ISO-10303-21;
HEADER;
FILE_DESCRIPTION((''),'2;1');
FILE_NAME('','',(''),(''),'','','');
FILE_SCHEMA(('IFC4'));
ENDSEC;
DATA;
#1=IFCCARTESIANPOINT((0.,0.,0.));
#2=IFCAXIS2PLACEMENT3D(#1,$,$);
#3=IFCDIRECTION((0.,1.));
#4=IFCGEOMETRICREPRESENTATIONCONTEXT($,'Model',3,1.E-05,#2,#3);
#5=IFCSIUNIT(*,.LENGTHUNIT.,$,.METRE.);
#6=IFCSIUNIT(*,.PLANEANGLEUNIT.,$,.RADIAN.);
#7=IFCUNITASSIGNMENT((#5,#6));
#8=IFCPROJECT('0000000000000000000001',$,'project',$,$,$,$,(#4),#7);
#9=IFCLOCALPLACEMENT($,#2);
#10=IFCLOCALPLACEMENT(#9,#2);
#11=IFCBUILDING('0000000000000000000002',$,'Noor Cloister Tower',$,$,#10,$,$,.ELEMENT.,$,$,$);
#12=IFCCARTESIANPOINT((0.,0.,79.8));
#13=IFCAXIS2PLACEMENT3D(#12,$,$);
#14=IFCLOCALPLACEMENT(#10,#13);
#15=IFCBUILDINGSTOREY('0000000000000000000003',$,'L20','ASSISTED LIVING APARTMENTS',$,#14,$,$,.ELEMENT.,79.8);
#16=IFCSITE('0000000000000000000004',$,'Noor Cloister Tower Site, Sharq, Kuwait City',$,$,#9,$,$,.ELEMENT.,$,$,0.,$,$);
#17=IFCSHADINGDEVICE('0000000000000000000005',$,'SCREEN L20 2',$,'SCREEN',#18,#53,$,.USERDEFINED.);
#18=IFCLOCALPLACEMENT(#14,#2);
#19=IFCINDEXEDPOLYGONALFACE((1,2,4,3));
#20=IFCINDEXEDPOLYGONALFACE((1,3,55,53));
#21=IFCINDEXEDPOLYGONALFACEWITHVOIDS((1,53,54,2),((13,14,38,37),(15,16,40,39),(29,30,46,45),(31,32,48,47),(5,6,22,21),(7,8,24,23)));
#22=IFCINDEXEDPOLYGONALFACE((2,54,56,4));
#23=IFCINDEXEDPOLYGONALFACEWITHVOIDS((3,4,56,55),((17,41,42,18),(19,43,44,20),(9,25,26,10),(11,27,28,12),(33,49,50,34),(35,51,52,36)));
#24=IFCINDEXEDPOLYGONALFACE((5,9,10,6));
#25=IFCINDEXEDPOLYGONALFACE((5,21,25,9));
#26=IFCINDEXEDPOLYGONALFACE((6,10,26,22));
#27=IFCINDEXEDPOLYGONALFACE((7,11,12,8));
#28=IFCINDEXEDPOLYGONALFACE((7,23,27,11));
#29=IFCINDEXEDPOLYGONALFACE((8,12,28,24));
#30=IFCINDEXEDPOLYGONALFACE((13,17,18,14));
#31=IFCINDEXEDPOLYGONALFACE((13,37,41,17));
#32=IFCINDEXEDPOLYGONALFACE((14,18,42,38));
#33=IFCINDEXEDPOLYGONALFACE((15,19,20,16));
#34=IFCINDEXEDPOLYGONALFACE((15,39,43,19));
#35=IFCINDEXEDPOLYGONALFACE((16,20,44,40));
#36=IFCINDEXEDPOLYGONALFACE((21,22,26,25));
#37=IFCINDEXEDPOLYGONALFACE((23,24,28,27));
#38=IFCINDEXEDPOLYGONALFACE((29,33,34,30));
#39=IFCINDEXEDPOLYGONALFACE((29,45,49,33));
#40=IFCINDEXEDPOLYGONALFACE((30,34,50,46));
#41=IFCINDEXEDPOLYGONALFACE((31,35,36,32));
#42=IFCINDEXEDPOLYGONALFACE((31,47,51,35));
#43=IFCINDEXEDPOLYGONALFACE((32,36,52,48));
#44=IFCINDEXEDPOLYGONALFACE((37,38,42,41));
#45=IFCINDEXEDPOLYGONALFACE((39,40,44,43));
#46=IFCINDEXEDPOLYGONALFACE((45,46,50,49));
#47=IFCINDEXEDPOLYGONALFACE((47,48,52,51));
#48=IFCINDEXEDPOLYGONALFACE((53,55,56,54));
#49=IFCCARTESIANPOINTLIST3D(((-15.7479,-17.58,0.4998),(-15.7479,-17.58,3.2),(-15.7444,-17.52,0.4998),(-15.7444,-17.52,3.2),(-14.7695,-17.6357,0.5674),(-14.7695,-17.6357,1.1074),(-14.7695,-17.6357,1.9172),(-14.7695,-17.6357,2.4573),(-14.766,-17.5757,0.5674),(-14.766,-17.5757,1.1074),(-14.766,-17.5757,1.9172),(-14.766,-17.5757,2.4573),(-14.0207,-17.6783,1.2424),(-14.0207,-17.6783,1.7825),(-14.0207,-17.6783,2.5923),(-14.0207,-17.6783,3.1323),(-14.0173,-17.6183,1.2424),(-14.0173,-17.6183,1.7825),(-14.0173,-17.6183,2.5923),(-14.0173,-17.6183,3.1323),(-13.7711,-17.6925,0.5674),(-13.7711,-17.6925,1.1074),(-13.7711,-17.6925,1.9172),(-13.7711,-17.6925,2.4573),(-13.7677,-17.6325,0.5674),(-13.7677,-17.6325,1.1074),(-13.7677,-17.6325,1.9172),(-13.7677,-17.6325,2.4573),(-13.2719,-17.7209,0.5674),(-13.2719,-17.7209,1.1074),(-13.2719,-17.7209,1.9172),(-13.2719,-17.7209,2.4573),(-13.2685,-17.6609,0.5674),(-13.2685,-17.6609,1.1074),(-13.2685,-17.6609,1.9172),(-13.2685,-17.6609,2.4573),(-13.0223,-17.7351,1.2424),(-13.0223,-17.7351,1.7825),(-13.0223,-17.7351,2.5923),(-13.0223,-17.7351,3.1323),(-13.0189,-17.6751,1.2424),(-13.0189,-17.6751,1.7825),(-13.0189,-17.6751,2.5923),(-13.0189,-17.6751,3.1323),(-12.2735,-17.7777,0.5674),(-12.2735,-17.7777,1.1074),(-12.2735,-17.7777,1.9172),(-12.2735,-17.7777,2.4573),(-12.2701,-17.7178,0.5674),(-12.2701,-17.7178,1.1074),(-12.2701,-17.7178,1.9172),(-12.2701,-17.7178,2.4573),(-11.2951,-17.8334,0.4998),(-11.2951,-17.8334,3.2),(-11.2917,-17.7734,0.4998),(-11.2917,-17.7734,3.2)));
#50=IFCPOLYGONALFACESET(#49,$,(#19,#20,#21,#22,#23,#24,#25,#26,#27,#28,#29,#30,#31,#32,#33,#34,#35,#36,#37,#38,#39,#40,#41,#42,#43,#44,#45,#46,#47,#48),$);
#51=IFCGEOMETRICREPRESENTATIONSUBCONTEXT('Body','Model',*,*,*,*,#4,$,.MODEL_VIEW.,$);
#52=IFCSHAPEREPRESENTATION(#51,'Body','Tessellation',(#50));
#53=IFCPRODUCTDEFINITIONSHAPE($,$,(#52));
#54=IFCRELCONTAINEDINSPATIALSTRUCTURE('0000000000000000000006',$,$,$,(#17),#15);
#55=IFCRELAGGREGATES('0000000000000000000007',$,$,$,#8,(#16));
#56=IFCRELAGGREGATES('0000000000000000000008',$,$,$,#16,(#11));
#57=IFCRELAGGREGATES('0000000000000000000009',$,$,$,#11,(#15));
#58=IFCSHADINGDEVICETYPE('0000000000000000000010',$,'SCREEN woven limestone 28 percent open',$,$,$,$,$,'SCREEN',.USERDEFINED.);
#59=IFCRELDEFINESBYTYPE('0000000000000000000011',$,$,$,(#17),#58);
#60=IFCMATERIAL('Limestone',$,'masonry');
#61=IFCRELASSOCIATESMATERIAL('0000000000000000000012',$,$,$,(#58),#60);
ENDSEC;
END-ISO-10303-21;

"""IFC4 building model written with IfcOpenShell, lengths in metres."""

from ifc_helpers import new_model, si_unit, direction, frame, origin, place, context, subcontext, project, spatial, polyline, outline, extrude, material, material_profile, profile_set, type_object, element, save


model = new_model("IFC4")

# Units and contexts
model_context = context("Model", 3, precision=1e-05, world=origin(), true_north=direction((0.0, 1.0)))
body_context = subcontext(model_context, "Body", "Model", "MODEL_VIEW")
ifc_project = project(units=[si_unit("LENGTHUNIT", "METRE"), si_unit("PLANEANGLEUNIT", "RADIAN")], contexts=[model_context])

# Site, building, storey
site_placement = place(None, origin())
site = spatial("IfcSite", under=ifc_project, at=site_placement, Name="Noor Cloister Tower Site, Sharq, Kuwait City", CompositionType="ELEMENT", RefElevation=0.0)
building_placement = place(site_placement, origin())
building = spatial("IfcBuilding", under=site, at=building_placement, Name="Noor Cloister Tower", CompositionType="ELEMENT")
storey_placement = place(building_placement, frame((0.0, 0.0, 79.8)))
storey = spatial("IfcBuildingStorey", under=building, at=storey_placement, Name="L20", Description="ASSISTED LIVING APARTMENTS", CompositionType="ELEMENT", Elevation=79.8)

# Shading device
ifc_material_1 = material(Name="Limestone", Category="masonry")
ifc_material_profile_1 = material_profile(ifc_material_1, outline(polyline([(-2.23, -1.3501), (2.23, -1.3501), (2.23, 1.3501), (-2.23, 1.3501), (-2.23, -1.3501)]), holes=[polyline([(-1.25, -1.2825), (-0.25, -1.2825), (-0.25, -0.7424), (-1.25, -0.7424), (-1.25, -1.2825)]), polyline([(0.25, -1.2825), (1.25, -1.2825), (1.25, -0.7424), (0.25, -0.7424), (0.25, -1.2825)]), polyline([(-0.5, -0.6074), (0.5, -0.6074), (0.5, -0.0674), (-0.5, -0.0674), (-0.5, -0.6074)]), polyline([(-1.25, 0.0674), (-0.25, 0.0674), (-0.25, 0.6074), (-1.25, 0.6074), (-1.25, 0.0674)]), polyline([(0.25, 0.0674), (1.25, 0.0674), (1.25, 0.6074), (0.25, 0.6074), (0.25, 0.0674)]), polyline([(-0.5, 0.7424), (0.5, 0.7424), (0.5, 1.2825), (-0.5, 1.2825), (-0.5, 0.7424)])]), Name="Woven screen 28 percent open")
ifc_profile_set_1 = profile_set([ifc_material_profile_1], Name="Limestone")
shading_device_type = type_object("IfcShadingDeviceType", Name="SCREEN woven limestone 28 percent open", ElementType="SCREEN", PredefinedType="USERDEFINED", material=ifc_profile_set_1)
for number, where, z_axis, x_axis, name in (
    (1, (-13.5181, -17.6467, 1.8499), (-0.056819, -0.998385, 0.0), (0.998385, -0.056819, 0.0), "SCREEN L20 2"),
):
    element("IfcShadingDevice", number, at=place(storey_placement, frame(where, z_axis=z_axis, x_axis=x_axis)), inside=storey, type_object=shading_device_type, Name=name, ObjectType="SCREEN", PredefinedType="USERDEFINED", context=body_context, shape_type="SweptSolid", body=[
        extrude(outline(polyline([(-2.23, -1.3501), (2.23, -1.3501), (2.23, 1.3501), (-2.23, 1.3501), (-2.23, -1.3501)]), holes=[polyline([(-1.25, -1.2825), (-0.25, -1.2825), (-0.25, -0.7424), (-1.25, -0.7424), (-1.25, -1.2825)]), polyline([(0.25, -1.2825), (1.25, -1.2825), (1.25, -0.7424), (0.25, -0.7424), (0.25, -1.2825)]), polyline([(-0.5, -0.6074), (0.5, -0.6074), (0.5, -0.0674), (-0.5, -0.0674), (-0.5, -0.6074)]), polyline([(-1.25, 0.0674), (-0.25, 0.0674), (-0.25, 0.6074), (-1.25, 0.6074), (-1.25, 0.0674)]), polyline([(0.25, 0.0674), (1.25, 0.0674), (1.25, 0.6074), (0.25, 0.6074), (0.25, 0.0674)]), polyline([(-0.5, 0.7424), (0.5, 0.7424), (0.5, 1.2825), (-0.5, 1.2825), (-0.5, 0.7424)])]), origin(), (0.0, 0.0, 1.0), 0.0601),
    ])

save(model, "model.ifc")
